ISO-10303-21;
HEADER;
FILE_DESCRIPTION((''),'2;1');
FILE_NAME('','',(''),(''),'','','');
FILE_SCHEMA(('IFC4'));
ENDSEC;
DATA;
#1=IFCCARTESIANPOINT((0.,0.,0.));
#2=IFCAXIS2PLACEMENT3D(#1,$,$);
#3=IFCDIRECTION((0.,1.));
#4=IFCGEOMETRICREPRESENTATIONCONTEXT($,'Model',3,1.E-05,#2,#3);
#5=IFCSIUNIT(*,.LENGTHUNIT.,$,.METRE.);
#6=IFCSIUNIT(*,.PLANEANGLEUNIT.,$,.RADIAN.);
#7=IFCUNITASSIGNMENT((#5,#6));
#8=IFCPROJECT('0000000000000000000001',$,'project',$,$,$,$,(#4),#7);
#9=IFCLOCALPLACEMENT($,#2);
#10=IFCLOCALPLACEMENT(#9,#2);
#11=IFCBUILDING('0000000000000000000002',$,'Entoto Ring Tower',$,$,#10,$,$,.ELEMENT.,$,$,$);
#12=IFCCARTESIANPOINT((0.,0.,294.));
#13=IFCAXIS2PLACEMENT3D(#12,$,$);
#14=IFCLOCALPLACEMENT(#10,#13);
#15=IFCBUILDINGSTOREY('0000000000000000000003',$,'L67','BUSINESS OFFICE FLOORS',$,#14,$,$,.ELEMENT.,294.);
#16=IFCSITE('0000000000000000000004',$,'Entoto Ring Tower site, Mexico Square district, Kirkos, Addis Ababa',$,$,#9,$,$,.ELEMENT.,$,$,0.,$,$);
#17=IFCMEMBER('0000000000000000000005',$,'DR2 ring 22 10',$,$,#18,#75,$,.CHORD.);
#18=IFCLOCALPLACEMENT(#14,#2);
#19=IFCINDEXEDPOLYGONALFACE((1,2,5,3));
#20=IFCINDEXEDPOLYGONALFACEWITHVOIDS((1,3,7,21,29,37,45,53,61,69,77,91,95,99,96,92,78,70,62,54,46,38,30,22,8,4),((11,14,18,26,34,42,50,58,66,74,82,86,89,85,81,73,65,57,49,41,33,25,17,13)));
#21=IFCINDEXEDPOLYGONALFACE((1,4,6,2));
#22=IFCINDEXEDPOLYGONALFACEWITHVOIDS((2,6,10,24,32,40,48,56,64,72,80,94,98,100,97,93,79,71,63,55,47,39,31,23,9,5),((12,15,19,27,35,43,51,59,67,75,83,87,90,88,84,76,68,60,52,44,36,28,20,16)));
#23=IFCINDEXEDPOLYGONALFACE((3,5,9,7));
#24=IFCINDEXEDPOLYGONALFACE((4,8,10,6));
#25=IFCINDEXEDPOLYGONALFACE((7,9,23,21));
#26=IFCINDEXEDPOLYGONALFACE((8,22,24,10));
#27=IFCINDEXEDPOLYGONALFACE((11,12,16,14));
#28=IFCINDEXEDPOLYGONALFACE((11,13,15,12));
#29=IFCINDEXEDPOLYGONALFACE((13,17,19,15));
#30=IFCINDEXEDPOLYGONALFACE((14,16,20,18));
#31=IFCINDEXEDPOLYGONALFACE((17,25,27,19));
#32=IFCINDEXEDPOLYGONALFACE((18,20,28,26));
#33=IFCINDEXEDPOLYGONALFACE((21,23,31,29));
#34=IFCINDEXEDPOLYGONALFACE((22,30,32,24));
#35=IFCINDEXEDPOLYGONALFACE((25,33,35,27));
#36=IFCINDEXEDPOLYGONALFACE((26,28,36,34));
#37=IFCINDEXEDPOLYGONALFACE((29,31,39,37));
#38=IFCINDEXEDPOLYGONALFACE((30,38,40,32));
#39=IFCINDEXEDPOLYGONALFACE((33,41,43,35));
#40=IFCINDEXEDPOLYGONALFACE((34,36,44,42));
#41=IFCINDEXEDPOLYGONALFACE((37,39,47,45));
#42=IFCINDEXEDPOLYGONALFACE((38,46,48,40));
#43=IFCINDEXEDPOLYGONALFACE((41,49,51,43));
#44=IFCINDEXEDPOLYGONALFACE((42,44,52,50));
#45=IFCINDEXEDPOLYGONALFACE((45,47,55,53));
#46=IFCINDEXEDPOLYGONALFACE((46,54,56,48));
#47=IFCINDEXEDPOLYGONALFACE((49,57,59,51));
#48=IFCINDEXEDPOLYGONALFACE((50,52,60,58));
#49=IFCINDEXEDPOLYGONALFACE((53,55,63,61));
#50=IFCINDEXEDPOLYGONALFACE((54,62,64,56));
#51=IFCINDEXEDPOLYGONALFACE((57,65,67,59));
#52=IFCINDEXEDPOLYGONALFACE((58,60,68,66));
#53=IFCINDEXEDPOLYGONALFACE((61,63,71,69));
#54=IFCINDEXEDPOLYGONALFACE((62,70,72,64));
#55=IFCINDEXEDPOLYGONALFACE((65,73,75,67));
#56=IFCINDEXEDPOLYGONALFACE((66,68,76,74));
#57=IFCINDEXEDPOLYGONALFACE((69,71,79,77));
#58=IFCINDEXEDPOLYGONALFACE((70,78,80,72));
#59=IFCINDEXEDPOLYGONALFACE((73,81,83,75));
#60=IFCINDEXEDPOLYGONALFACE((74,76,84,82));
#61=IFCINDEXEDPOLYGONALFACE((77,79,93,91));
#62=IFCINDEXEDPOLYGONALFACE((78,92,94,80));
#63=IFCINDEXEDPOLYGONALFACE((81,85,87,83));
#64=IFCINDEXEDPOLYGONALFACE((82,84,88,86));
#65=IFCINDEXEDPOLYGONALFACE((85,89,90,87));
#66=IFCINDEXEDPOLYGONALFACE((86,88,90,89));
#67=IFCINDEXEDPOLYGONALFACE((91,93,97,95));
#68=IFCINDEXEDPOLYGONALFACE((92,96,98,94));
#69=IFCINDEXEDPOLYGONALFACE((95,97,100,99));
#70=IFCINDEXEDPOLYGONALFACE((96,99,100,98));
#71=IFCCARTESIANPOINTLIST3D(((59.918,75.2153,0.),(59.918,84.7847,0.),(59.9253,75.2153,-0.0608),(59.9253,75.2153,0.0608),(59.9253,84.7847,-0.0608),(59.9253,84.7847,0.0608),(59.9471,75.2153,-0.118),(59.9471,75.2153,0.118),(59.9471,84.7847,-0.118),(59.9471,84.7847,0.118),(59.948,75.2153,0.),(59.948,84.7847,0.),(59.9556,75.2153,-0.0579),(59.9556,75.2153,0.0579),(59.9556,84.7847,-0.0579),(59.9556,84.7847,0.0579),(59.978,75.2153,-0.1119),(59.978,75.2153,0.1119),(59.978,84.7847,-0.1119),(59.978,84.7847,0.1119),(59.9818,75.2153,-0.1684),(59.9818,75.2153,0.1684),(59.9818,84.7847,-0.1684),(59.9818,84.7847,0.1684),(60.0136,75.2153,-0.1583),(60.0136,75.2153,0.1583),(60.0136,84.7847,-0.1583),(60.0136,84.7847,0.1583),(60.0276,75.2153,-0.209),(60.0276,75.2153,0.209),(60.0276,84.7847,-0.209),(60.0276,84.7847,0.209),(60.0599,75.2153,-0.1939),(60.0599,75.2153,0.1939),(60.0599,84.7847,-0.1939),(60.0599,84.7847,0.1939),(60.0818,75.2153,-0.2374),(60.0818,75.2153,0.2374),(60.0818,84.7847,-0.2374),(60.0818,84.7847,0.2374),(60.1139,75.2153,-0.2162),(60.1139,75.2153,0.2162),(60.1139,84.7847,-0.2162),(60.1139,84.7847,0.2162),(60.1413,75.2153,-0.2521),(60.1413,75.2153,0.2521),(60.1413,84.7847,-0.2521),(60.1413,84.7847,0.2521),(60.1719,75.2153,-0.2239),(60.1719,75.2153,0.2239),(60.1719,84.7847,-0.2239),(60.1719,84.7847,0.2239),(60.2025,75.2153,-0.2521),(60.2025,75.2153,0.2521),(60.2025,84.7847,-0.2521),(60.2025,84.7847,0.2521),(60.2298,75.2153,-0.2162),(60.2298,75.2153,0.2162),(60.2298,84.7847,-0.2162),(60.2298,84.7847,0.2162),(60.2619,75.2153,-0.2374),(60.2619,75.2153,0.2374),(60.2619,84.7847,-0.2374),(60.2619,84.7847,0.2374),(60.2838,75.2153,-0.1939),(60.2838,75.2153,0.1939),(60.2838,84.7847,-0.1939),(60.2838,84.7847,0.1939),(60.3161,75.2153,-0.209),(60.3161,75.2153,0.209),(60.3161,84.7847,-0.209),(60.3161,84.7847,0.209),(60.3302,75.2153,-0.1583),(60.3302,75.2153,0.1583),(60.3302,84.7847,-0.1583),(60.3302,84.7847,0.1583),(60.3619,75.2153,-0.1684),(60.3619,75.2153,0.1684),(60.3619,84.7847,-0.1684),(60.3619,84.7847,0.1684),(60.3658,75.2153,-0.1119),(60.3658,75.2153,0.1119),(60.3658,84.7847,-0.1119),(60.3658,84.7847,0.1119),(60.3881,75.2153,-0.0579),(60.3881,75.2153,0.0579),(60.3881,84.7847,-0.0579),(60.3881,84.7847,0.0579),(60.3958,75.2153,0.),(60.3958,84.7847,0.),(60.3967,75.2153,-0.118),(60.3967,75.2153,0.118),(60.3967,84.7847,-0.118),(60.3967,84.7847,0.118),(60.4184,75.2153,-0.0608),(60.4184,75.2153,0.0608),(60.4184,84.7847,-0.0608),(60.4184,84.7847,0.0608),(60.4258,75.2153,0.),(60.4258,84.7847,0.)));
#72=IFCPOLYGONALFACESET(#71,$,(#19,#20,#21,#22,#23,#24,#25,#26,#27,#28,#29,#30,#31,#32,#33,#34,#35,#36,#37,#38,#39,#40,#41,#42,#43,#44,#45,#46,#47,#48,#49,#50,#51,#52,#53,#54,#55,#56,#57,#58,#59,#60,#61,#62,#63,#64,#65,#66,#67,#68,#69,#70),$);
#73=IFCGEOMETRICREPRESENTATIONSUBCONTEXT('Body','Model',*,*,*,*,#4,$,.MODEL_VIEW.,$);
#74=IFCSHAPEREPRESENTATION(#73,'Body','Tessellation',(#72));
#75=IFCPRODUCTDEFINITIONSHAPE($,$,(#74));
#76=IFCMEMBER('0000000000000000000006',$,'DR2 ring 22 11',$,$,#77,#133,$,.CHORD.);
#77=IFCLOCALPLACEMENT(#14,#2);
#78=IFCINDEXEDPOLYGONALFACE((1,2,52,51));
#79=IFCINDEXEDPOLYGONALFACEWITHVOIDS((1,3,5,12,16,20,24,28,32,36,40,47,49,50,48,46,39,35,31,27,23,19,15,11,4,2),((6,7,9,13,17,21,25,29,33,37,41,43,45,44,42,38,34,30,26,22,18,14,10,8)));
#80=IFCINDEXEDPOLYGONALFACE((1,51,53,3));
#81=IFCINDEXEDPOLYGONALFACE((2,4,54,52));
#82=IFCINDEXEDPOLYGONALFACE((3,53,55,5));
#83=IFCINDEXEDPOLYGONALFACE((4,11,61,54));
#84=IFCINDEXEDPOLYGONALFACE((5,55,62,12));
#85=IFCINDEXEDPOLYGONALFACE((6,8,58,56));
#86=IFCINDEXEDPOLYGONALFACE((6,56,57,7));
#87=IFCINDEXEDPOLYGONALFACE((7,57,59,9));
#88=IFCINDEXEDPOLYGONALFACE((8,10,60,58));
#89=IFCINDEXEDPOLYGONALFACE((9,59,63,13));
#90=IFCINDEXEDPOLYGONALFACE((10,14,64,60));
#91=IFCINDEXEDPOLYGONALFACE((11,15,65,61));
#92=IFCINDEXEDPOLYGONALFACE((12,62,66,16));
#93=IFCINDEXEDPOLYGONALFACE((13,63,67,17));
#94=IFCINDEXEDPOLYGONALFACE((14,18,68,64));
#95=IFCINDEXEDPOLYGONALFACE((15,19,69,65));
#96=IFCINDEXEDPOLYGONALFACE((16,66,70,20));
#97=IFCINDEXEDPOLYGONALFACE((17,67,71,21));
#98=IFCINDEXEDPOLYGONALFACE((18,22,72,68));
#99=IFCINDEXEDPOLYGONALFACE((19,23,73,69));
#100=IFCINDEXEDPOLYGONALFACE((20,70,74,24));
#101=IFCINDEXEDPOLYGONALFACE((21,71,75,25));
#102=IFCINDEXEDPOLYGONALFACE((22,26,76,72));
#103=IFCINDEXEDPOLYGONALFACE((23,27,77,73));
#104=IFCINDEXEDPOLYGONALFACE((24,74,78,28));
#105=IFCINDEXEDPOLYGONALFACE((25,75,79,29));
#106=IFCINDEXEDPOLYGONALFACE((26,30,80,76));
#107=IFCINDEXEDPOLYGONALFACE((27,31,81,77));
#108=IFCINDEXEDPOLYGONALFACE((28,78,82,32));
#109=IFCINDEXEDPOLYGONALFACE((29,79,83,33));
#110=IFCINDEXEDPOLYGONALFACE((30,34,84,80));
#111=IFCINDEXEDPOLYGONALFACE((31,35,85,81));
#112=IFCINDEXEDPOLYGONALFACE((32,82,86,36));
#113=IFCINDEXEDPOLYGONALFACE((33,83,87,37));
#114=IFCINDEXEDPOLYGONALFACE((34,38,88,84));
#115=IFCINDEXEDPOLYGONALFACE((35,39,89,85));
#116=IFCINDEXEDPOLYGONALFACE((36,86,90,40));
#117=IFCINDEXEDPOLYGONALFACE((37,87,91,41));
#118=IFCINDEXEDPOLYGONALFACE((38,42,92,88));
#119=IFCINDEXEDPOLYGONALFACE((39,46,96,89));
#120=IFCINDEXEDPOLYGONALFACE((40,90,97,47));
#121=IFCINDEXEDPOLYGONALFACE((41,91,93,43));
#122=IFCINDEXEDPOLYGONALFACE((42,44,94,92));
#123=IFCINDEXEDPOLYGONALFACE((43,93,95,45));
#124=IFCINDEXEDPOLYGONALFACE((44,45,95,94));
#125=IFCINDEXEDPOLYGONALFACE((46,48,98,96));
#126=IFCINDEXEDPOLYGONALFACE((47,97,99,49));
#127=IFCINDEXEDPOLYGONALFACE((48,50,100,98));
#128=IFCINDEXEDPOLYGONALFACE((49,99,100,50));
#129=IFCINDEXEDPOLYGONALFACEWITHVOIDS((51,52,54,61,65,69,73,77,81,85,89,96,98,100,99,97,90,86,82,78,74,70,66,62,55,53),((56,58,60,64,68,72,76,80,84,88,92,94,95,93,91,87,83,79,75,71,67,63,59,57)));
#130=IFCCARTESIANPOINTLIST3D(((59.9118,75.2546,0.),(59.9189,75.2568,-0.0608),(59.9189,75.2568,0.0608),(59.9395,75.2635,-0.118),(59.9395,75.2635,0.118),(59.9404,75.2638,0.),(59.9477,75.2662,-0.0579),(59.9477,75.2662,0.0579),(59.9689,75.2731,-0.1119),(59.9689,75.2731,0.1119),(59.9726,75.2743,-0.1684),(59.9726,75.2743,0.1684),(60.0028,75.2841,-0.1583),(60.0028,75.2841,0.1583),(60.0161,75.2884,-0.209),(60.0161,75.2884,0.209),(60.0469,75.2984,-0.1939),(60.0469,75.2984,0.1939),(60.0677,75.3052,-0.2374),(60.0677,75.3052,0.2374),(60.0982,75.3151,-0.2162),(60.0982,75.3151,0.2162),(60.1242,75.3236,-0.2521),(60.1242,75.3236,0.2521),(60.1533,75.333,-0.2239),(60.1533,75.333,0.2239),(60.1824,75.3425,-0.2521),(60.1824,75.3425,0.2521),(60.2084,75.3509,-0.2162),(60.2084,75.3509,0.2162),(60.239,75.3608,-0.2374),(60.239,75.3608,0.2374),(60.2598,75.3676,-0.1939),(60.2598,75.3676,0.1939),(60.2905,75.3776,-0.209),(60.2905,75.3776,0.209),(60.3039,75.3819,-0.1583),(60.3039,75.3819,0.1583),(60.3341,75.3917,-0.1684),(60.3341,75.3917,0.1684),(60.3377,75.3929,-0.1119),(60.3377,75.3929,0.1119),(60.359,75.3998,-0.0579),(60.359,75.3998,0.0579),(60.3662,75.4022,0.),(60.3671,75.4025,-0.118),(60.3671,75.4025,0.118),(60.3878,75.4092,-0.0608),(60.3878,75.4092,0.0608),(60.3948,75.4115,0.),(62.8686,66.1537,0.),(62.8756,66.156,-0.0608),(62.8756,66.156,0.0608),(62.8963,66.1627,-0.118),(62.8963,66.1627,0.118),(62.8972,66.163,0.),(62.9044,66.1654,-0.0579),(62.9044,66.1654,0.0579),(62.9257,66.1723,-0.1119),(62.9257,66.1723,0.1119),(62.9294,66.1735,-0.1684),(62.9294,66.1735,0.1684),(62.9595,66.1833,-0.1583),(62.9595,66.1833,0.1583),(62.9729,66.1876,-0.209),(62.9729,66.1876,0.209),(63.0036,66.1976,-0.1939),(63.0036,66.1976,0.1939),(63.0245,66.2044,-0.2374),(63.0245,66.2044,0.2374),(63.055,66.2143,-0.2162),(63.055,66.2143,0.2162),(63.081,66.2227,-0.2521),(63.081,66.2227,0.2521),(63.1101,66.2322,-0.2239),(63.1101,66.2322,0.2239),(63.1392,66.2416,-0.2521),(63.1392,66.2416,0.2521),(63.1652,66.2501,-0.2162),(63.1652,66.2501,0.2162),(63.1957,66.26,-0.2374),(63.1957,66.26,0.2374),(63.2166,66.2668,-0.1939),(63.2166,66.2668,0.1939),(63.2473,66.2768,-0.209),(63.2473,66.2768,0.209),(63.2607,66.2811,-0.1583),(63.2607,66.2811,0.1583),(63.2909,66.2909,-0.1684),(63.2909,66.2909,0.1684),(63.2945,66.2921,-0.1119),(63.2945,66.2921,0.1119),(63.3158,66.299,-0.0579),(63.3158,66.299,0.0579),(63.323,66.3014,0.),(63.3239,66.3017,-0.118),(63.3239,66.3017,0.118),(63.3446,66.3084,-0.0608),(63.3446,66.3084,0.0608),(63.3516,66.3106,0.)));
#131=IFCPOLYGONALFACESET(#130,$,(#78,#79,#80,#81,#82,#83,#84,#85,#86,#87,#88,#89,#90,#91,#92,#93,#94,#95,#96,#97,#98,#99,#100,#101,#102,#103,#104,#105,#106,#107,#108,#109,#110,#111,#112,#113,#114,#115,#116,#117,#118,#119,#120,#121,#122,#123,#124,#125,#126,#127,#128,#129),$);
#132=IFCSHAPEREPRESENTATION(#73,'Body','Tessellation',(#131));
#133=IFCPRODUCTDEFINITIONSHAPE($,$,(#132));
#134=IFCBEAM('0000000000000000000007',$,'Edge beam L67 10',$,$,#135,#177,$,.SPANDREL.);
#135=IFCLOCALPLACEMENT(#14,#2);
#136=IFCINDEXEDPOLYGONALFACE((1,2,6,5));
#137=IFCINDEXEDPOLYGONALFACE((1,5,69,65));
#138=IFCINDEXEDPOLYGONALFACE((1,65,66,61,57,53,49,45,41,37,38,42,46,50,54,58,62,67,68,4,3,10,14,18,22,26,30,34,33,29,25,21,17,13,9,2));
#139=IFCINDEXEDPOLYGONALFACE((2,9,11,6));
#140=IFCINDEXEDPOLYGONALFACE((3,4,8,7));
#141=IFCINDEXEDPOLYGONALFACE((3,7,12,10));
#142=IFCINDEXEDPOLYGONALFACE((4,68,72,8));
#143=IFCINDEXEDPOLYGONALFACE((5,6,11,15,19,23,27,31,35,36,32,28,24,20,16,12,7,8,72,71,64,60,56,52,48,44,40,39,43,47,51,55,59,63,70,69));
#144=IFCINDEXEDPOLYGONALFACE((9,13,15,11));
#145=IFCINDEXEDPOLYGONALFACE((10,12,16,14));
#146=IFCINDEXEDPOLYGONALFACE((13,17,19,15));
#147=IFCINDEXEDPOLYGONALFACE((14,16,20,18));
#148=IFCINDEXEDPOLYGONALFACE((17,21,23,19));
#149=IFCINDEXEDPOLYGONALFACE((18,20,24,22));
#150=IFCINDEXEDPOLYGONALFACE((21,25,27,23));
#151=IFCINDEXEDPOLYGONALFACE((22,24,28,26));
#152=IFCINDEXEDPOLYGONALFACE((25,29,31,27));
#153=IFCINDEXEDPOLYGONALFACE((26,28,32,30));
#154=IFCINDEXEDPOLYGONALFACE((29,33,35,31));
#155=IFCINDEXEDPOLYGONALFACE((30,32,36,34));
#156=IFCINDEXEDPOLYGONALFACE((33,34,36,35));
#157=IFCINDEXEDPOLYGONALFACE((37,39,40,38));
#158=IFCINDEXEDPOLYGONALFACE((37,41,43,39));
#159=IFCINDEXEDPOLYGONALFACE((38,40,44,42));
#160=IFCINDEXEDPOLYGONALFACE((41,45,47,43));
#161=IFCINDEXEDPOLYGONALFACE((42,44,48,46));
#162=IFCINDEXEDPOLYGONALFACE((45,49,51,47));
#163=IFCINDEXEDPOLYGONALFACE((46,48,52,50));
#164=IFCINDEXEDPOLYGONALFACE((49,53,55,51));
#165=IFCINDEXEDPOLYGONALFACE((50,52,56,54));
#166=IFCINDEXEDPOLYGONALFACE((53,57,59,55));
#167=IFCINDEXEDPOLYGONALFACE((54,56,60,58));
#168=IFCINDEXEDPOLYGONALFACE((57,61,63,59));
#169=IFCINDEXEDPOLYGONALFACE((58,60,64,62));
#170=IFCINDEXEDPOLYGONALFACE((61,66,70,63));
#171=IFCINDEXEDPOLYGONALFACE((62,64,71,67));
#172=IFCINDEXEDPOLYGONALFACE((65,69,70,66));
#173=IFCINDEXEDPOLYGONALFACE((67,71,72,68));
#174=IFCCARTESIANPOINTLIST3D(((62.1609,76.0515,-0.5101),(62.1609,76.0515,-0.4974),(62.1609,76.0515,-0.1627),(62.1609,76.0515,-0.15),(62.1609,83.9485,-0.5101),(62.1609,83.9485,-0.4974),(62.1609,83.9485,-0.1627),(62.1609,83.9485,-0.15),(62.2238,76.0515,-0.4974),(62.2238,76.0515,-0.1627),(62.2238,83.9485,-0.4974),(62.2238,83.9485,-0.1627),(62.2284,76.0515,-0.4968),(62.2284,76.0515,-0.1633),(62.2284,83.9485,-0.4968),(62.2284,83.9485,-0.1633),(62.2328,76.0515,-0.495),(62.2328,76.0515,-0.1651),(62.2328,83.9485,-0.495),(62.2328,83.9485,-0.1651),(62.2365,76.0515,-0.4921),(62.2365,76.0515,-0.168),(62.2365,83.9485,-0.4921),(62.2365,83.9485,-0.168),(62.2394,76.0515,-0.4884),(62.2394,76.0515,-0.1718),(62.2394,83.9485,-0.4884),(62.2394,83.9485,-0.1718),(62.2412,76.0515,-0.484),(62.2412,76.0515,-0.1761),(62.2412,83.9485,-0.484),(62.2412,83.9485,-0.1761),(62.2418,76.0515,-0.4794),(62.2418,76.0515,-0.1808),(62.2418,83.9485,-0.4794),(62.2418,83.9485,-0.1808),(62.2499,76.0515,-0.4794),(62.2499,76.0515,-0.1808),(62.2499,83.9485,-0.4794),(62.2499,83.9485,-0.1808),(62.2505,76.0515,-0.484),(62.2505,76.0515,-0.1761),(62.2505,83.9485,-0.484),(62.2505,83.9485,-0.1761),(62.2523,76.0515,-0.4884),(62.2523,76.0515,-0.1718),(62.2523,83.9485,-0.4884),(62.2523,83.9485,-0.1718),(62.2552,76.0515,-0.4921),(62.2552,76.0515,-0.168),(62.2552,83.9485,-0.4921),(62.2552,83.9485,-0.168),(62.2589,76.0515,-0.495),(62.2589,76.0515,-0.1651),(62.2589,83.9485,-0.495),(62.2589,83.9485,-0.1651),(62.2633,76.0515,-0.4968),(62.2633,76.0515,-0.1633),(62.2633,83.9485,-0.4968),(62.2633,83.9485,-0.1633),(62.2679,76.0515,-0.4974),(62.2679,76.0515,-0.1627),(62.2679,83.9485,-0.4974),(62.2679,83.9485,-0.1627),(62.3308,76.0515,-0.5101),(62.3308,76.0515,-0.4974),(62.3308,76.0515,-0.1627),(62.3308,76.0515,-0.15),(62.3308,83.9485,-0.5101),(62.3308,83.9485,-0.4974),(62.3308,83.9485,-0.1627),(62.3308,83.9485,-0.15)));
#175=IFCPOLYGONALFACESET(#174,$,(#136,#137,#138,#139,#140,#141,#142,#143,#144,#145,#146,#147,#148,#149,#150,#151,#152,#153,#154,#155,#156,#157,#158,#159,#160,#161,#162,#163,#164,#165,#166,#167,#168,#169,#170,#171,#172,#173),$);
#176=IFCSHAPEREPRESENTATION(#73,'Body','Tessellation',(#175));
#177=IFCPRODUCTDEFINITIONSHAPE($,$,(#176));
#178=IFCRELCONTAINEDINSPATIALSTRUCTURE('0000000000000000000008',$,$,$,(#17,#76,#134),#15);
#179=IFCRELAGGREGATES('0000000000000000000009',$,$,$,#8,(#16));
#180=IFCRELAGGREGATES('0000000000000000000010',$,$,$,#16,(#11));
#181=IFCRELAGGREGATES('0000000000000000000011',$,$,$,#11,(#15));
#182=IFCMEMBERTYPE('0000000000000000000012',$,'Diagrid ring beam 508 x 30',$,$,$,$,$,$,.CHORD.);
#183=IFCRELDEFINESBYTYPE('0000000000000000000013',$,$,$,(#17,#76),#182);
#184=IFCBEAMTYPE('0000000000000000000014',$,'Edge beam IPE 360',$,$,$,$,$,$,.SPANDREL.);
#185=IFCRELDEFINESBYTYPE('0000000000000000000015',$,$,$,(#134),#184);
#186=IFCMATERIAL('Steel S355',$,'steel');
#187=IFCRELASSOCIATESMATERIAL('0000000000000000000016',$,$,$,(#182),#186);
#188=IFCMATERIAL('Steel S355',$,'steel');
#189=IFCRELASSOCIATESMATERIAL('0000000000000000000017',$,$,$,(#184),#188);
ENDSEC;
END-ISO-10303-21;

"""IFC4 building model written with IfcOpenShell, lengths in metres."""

from ifc_helpers import new_model, si_unit, direction, frame, origin, origin_2d, place, context, subcontext, project, spatial, circle, hollow_circle, i_section, extrude, material, material_profile, profile_set, type_object, element, save


model = new_model("IFC4")

# Units and contexts
model_context = context("Model", 3, precision=1e-05, world=origin(), true_north=direction((0.0, 1.0)))
body_context = subcontext(model_context, "Body", "Model", "MODEL_VIEW")
ifc_project = project(units=[si_unit("LENGTHUNIT", "METRE"), si_unit("PLANEANGLEUNIT", "RADIAN")], contexts=[model_context])

# Site, building, storey
site_placement = place(None, origin())
site = spatial("IfcSite", under=ifc_project, at=site_placement, Name="Entoto Ring Tower site, Mexico Square district, Kirkos, Addis Ababa", CompositionType="ELEMENT", RefElevation=0.0)
building_placement = place(site_placement, origin())
building = spatial("IfcBuilding", under=site, at=building_placement, Name="Entoto Ring Tower", CompositionType="ELEMENT")
storey_placement = place(building_placement, frame((0.0, 0.0, 294.0)))
storey = spatial("IfcBuildingStorey", under=building, at=storey_placement, Name="L67", Description="BUSINESS OFFICE FLOORS", CompositionType="ELEMENT", Elevation=294.0)

# Members
ifc_material_1 = material(Name="Steel S355", Category="steel")
ifc_material_profile_1 = material_profile(ifc_material_1, hollow_circle(Radius=0.2539, WallThickness=0.03, at=origin_2d()), Name="CHS 508 x 30")
ifc_material_2 = material(Name="Concrete C60/75", Category="concrete")
ifc_material_profile_2 = material_profile(ifc_material_2, circle(Radius=0.2241, at=origin_2d()), Name="Concrete C60/75 infill")
ifc_profile_set_1 = profile_set([ifc_material_profile_1, ifc_material_profile_2], Name="Steel S355")
member_type_1 = type_object("IfcMemberType", Name="Diagrid ring beam 508 x 30", PredefinedType="CHORD", material=ifc_profile_set_1)
member_1_placement = place(storey_placement, frame((60.1719, 84.7847, 0.0), z_axis=(0.0, -1.0, 0.0), x_axis=(1.0, 0.0, 0.0)))
element("IfcMember", 1, at=member_1_placement, inside=storey, type_object=member_type_1, Name="DR2 ring 22 10", PredefinedType="CHORD", context=body_context, shape_type="SweptSolid", body=[
    extrude(hollow_circle(Radius=0.2539, WallThickness=0.03, at=origin_2d()), origin(), (0.0, 0.0, 1.0), 9.5693),
])
member_2_placement = place(storey_placement, frame((60.1533, 75.333, 0.0), z_axis=(0.308993, -0.951064, 0.0), x_axis=(0.951064, 0.308993, 0.0)))
element("IfcMember", 2, at=member_2_placement, inside=storey, type_object=member_type_1, Name="DR2 ring 22 11", PredefinedType="CHORD", context=body_context, shape_type="SweptSolid", body=[
    extrude(hollow_circle(Radius=0.2539, WallThickness=0.03, at=origin_2d()), origin(), (0.0, 0.0, 1.0), 9.5691),
])

# Beam
ifc_material_3 = material(Name="Steel S355", Category="steel")
ifc_material_profile_3 = material_profile(ifc_material_3, i_section(OverallWidth=0.1699, OverallDepth=0.3601, WebThickness=0.0081, FlangeThickness=0.0127, FilletRadius=0.0181, at=origin_2d()), Name="IPE 360")
ifc_profile_set_2 = profile_set([ifc_material_profile_3], Name="Steel S355")
beam_type_1 = type_object("IfcBeamType", Name="Edge beam IPE 360", PredefinedType="SPANDREL", material=ifc_profile_set_2)
for number, where, z_axis, x_axis, name in (
    (3, (62.2458, 83.9485, -0.3301), (0.0, -1.0, 0.0), (1.0, 0.0, 0.0), "Edge beam L67 10"),
):
    element("IfcBeam", number, at=place(storey_placement, frame(where, z_axis=z_axis, x_axis=x_axis)), inside=storey, type_object=beam_type_1, Name=name, PredefinedType="SPANDREL", context=body_context, shape_type="SweptSolid", body=[
        extrude(i_section(OverallWidth=0.1699, OverallDepth=0.3601, WebThickness=0.0081, FlangeThickness=0.0127, FilletRadius=0.0181, at=origin_2d()), origin(), (0.0, 0.0, 1.0), 7.897),
    ])

save(model, "model.ifc")
